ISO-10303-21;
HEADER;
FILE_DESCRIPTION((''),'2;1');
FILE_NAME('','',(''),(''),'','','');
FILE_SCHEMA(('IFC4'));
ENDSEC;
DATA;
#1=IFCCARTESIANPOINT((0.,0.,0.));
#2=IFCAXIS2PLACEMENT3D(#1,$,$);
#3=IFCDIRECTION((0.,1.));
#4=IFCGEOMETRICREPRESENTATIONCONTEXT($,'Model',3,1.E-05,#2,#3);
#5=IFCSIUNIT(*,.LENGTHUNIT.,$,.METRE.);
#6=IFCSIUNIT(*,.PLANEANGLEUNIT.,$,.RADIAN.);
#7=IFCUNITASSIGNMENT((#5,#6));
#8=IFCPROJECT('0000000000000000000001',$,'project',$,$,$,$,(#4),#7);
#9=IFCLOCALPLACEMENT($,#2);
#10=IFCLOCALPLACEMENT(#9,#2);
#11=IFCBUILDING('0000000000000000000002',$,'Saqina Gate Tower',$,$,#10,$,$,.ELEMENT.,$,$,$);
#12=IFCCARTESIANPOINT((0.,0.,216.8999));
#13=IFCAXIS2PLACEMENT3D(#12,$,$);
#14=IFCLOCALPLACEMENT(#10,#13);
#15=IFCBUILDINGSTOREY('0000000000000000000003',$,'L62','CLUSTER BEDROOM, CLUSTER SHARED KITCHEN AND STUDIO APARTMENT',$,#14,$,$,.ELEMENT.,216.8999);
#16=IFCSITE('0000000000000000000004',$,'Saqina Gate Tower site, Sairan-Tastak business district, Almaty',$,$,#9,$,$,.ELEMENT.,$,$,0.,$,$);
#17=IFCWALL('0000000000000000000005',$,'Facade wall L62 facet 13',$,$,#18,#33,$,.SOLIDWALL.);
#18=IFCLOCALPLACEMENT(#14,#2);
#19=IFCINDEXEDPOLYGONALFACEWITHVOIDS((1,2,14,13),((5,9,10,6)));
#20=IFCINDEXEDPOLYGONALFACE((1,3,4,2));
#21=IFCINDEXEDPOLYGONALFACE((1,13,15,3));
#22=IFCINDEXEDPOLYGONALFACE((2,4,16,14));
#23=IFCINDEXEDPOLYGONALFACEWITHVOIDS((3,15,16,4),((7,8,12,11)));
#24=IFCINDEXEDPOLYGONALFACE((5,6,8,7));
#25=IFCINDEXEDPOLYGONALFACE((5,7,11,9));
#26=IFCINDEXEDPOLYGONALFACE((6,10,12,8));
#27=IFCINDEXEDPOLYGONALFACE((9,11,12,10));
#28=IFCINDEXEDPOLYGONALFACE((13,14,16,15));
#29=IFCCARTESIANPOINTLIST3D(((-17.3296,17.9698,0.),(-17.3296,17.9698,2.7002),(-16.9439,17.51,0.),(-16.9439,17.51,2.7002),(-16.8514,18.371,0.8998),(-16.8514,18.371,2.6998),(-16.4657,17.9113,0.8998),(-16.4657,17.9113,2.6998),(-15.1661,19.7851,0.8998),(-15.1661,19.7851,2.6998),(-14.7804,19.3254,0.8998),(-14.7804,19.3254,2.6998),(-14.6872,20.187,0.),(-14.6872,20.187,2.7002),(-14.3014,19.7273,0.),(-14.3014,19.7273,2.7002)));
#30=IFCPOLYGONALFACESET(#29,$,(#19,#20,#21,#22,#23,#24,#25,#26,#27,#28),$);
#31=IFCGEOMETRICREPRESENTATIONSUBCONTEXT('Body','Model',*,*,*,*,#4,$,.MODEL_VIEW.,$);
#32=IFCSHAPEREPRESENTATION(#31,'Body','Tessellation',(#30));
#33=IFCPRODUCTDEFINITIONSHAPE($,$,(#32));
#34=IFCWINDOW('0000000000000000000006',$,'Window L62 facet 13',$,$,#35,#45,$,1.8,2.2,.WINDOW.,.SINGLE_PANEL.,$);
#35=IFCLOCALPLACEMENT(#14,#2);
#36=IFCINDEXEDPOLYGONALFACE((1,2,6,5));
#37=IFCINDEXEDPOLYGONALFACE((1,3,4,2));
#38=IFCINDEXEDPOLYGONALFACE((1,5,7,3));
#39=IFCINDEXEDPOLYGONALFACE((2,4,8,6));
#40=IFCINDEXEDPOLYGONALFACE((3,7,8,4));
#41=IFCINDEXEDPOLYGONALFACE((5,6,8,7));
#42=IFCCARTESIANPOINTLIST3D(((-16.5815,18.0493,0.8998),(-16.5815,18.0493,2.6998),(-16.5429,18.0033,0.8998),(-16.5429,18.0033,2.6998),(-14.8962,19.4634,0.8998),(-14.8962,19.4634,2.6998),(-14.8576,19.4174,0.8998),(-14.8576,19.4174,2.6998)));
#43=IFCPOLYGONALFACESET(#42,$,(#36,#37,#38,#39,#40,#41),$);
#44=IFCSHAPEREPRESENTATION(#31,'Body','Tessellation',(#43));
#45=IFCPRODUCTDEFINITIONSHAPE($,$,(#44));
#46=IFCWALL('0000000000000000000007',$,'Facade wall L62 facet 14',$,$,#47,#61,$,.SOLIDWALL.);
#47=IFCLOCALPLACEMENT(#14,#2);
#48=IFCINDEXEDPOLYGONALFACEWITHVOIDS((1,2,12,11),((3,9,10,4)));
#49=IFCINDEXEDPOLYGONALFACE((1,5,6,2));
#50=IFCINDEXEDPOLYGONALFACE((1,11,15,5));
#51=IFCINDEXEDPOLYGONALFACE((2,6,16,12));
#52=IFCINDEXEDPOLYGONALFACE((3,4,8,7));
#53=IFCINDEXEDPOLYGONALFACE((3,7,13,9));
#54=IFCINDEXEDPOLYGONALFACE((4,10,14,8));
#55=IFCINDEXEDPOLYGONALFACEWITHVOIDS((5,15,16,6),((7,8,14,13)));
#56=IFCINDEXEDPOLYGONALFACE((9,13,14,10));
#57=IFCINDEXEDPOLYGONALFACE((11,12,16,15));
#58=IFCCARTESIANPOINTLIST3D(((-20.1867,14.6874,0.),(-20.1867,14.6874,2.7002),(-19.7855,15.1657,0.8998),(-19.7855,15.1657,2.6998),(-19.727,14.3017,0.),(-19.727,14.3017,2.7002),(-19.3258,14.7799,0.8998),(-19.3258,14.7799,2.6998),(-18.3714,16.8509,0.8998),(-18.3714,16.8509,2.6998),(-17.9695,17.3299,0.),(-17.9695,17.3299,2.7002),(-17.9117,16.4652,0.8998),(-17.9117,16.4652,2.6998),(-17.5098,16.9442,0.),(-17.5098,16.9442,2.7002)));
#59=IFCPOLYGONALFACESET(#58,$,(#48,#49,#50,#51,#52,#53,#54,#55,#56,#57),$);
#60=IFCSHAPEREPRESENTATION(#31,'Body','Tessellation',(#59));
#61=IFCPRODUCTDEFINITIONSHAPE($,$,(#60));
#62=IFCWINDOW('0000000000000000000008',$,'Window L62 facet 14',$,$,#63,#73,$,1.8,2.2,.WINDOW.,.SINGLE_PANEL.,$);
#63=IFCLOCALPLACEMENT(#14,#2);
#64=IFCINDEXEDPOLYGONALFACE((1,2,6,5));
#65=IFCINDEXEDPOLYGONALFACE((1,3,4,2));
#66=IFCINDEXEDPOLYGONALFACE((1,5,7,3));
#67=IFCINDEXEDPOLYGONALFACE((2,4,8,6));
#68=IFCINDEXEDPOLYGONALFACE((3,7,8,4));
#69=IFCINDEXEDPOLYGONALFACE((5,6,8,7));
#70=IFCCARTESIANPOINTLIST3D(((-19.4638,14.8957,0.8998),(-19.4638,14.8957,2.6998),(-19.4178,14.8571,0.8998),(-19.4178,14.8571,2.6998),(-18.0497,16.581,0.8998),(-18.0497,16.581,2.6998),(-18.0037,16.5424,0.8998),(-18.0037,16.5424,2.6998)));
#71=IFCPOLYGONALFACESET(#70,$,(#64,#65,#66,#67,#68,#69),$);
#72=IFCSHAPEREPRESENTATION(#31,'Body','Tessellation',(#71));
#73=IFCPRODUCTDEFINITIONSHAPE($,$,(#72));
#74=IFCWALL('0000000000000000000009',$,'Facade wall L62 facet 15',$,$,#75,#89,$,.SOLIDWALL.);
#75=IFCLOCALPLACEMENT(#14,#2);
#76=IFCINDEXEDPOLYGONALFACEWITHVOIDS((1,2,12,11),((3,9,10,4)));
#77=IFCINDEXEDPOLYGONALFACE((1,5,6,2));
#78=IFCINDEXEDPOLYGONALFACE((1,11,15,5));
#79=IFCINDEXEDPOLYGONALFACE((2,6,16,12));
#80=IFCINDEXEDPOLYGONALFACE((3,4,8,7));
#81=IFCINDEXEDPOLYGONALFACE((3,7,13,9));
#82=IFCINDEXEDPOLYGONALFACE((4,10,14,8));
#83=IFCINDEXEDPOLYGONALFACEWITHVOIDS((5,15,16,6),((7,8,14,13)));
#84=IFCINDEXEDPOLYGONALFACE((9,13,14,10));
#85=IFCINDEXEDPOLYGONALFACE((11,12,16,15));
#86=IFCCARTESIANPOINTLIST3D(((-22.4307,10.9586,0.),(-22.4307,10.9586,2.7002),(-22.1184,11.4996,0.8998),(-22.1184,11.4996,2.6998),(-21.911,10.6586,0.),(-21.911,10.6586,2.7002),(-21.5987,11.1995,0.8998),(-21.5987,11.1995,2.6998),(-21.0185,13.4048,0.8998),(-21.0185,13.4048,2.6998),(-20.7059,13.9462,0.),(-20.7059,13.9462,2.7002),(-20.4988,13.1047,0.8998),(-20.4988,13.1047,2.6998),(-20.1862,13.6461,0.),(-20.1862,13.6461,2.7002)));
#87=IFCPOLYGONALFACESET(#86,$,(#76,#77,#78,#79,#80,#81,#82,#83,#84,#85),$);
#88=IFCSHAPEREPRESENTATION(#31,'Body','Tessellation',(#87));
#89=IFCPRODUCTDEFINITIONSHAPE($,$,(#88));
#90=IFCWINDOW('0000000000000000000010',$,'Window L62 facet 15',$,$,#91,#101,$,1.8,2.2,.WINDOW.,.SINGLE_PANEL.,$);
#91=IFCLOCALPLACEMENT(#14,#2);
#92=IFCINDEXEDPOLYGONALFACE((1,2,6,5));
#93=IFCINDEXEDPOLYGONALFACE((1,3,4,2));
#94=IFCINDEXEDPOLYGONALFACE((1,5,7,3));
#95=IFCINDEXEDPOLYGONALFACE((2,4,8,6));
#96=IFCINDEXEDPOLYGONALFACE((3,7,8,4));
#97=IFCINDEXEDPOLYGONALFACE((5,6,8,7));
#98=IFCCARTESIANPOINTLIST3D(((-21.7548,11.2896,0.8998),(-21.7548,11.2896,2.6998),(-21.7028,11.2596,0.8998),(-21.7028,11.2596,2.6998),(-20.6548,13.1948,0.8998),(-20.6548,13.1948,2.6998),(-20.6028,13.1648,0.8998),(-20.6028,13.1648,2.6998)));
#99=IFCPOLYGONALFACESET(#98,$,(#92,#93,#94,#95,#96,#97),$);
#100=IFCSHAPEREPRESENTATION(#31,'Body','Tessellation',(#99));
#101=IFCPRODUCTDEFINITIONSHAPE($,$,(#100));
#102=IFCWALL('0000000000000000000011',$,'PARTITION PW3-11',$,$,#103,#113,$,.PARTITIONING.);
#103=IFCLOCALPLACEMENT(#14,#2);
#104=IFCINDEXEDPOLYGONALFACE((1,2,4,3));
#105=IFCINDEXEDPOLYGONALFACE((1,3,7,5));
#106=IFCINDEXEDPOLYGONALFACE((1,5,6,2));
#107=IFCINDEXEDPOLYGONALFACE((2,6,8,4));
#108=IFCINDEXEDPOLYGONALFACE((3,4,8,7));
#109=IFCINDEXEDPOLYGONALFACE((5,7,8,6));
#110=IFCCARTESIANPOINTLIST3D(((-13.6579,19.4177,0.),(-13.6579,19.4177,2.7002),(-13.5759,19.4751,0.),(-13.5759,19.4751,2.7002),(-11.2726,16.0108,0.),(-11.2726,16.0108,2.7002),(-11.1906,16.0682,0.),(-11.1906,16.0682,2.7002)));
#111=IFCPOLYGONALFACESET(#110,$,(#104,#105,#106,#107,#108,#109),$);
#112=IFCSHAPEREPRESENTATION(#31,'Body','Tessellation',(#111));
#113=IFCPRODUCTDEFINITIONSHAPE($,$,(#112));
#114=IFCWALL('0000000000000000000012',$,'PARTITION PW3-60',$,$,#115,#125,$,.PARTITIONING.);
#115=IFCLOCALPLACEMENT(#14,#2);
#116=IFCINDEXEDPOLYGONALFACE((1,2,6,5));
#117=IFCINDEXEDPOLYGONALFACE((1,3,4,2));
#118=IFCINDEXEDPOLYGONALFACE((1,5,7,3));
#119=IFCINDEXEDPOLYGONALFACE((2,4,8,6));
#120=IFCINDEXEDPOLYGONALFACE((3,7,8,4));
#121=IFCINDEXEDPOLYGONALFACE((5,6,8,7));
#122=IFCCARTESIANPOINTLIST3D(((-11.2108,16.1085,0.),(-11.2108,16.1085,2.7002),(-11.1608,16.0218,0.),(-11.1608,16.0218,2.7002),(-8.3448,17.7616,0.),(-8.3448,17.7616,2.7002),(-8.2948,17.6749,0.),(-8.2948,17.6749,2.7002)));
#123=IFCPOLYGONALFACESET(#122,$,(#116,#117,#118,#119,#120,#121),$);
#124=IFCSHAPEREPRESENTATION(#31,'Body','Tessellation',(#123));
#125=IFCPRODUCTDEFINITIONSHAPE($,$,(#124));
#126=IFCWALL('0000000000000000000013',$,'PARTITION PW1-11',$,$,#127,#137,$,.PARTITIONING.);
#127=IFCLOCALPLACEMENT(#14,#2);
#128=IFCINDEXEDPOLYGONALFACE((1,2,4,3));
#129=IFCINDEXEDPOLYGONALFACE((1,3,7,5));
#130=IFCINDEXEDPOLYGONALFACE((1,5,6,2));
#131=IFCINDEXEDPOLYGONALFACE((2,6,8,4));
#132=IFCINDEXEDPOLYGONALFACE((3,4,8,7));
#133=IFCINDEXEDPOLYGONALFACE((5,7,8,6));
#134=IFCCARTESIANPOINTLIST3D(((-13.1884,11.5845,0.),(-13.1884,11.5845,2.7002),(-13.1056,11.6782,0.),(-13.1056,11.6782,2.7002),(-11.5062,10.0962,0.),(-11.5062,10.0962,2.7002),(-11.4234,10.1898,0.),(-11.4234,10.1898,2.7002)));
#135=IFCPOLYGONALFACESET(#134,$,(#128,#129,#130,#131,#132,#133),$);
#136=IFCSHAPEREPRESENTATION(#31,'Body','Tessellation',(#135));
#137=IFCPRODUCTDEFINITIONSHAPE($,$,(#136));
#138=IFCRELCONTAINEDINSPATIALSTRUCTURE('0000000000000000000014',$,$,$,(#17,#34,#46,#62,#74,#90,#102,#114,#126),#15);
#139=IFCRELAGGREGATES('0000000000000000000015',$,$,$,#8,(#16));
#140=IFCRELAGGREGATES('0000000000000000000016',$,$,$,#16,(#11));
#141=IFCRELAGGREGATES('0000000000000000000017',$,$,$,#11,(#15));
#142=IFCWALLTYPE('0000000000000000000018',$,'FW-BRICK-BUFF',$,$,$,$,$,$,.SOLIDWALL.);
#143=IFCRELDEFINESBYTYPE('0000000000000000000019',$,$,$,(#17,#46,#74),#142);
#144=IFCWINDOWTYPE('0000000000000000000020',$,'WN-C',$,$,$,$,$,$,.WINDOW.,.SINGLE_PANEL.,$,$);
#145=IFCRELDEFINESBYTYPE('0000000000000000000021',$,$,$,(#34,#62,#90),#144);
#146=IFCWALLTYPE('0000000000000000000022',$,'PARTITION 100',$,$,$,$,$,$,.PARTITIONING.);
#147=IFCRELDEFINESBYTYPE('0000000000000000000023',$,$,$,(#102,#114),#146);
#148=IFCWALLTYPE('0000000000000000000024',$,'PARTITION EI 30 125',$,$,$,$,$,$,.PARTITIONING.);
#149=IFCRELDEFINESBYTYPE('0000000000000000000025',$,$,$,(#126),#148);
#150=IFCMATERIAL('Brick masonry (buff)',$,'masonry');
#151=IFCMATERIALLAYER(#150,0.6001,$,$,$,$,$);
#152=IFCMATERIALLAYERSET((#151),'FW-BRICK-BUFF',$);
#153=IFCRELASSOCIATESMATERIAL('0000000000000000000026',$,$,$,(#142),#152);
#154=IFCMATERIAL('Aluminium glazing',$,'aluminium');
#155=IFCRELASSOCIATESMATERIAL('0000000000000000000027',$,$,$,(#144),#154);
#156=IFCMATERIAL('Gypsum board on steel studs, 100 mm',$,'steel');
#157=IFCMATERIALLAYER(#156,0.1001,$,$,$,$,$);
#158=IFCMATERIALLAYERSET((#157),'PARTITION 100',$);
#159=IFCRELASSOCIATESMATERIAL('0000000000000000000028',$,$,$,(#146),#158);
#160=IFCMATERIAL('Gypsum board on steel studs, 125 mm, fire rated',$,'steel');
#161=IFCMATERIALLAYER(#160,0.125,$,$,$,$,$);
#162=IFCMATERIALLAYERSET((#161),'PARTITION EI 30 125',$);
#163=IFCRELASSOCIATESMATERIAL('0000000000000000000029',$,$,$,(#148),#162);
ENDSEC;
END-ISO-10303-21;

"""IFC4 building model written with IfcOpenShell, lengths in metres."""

from ifc_helpers import new_model, si_unit, direction, frame, frame_2d, origin, place, context, subcontext, project, spatial, rectangle, extrude, material, layer, layer_set, type_object, element, fill, save


model = new_model("IFC4")

# Units and contexts
model_context = context("Model", 3, precision=1e-05, world=origin(), true_north=direction((0.0, 1.0)))
body_context = subcontext(model_context, "Body", "Model", "MODEL_VIEW")
ifc_project = project(units=[si_unit("LENGTHUNIT", "METRE"), si_unit("PLANEANGLEUNIT", "RADIAN")], contexts=[model_context])

# Site, building, storey
site_placement = place(None, origin())
site = spatial("IfcSite", under=ifc_project, at=site_placement, Name="Saqina Gate Tower site, Sairan-Tastak business district, Almaty", CompositionType="ELEMENT", RefElevation=0.0)
building_placement = place(site_placement, origin())
building = spatial("IfcBuilding", under=site, at=building_placement, Name="Saqina Gate Tower", CompositionType="ELEMENT")
storey_placement = place(building_placement, frame((0.0, 0.0, 216.8999)))
storey = spatial("IfcBuildingStorey", under=building, at=storey_placement, Name="L62", Description="CLUSTER BEDROOM, CLUSTER SHARED KITCHEN AND STUDIO APARTMENT", CompositionType="ELEMENT", Elevation=216.8999)

# Walls, openings, windows
ifc_material_1 = material(Name="Brick masonry (buff)", Category="masonry")
ifc_layer_1 = layer(ifc_material_1, 0.6001)
ifc_layer_set_1 = layer_set([ifc_layer_1], Name="FW-BRICK-BUFF")
wall_type_1 = type_object("IfcWallType", Name="FW-BRICK-BUFF", PredefinedType="SOLIDWALL", material=ifc_layer_set_1)
wall_1_placement = place(storey_placement, frame((-14.4944, 19.957, 0.0), z_axis=(0.0, 0.0, 1.0), x_axis=(-0.766059, -0.64277, 0.0)))
wall_1 = element("IfcWall", 1, at=wall_1_placement, inside=storey, type_object=wall_type_1, Name="Facade wall L62 facet 13", PredefinedType="SOLIDWALL", context=body_context, shape_type="SweptSolid", body=[
    extrude(rectangle(XDim=3.4495, YDim=0.6001, at=frame_2d((1.7246, 0.0))), origin(), (0.0, 0.0, 1.0), 2.7002),
])
opening_1_placement = place(wall_1_placement, frame((0.625, 0.0, 0.8999)))
opening_1 = element("IfcOpeningElement", 2, at=opening_1_placement, cuts=wall_1, PredefinedType="OPENING", context=body_context, shape_type="SweptSolid", body=[
    extrude(rectangle(XDim=2.2, YDim=1.8, at=frame_2d((1.1001, 0.8999))), frame((0.0, 0.312, 0.0), z_axis=(0.0, -1.0, 0.0), x_axis=(1.0, 0.0, 0.0)), (0.0, 0.0, 1.0), 0.624),
])
ifc_material_2 = material(Name="Aluminium glazing", Category="aluminium")
window_type = type_object("IfcWindowType", Name="WN-C", PartitioningType="SINGLE_PANEL", PredefinedType="WINDOW", material=ifc_material_2)
window_1_placement = place(opening_1_placement, origin())
window_1 = element("IfcWindow", 3, at=window_1_placement, inside=storey, type_object=window_type, Name="Window L62 facet 13", OverallHeight=1.8, OverallWidth=2.2, PartitioningType="SINGLE_PANEL", PredefinedType="WINDOW", context=body_context, shape_type="SweptSolid", body=[
    extrude(rectangle(XDim=2.2, YDim=1.8, at=frame_2d((1.1001, 0.8999))), frame((0.0, 0.1799, 0.0), z_axis=(0.0, -1.0, 0.0), x_axis=(1.0, 0.0, 0.0)), (0.0, 0.0, 1.0), 0.0601),
])
fill(opening_1, window_1)
wall_2_placement = place(storey_placement, frame((-17.7397, 17.137, 0.0), z_axis=(0.0, 0.0, 1.0), x_axis=(-0.64277, -0.766059, 0.0)))
wall_2 = element("IfcWall", 4, at=wall_2_placement, inside=storey, type_object=wall_type_1, Name="Facade wall L62 facet 14", PredefinedType="SOLIDWALL", context=body_context, shape_type="SweptSolid", body=[
    extrude(rectangle(XDim=3.4495, YDim=0.6001, at=frame_2d((1.7246, 0.0))), origin(), (0.0, 0.0, 1.0), 2.7002),
])
opening_2_placement = place(wall_2_placement, frame((0.625, 0.0, 0.8999)))
opening_2 = element("IfcOpeningElement", 5, at=opening_2_placement, cuts=wall_2, PredefinedType="OPENING", context=body_context, shape_type="SweptSolid", body=[
    extrude(rectangle(XDim=2.2, YDim=1.8, at=frame_2d((1.1001, 0.8999))), frame((0.0, 0.312, 0.0), z_axis=(0.0, -1.0, 0.0), x_axis=(1.0, 0.0, 0.0)), (0.0, 0.0, 1.0), 0.624),
])
window_2_placement = place(opening_2_placement, origin())
window_2 = element("IfcWindow", 6, at=window_2_placement, inside=storey, type_object=window_type, Name="Window L62 facet 14", OverallHeight=1.8, OverallWidth=2.2, PartitioningType="SINGLE_PANEL", PredefinedType="WINDOW", context=body_context, shape_type="SweptSolid", body=[
    extrude(rectangle(XDim=2.2, YDim=1.8, at=frame_2d((1.1001, 0.8999))), frame((0.0, 0.1799, 0.0), z_axis=(0.0, -1.0, 0.0), x_axis=(1.0, 0.0, 0.0)), (0.0, 0.0, 1.0), 0.0601),
])
fill(opening_2, window_2)
wall_3_placement = place(storey_placement, frame((-20.446, 13.7961, 0.0), z_axis=(0.0, 0.0, 1.0), x_axis=(-0.499998, -0.866026, 0.0)))
wall_3 = element("IfcWall", 7, at=wall_3_placement, inside=storey, type_object=wall_type_1, Name="Facade wall L62 facet 15", PredefinedType="SOLIDWALL", context=body_context, shape_type="SweptSolid", body=[
    extrude(rectangle(XDim=3.4497, YDim=0.6001, at=frame_2d((1.7249, 0.0))), origin(), (0.0, 0.0, 1.0), 2.7002),
])
opening_3_placement = place(wall_3_placement, frame((0.625, 0.0, 0.8999)))
opening_3 = element("IfcOpeningElement", 8, at=opening_3_placement, cuts=wall_3, PredefinedType="OPENING", context=body_context, shape_type="SweptSolid", body=[
    extrude(rectangle(XDim=2.2, YDim=1.8, at=frame_2d((1.1001, 0.8999))), frame((0.0, 0.312, 0.0), z_axis=(0.0, -1.0, 0.0), x_axis=(1.0, 0.0, 0.0)), (0.0, 0.0, 1.0), 0.624),
])
window_3_placement = place(opening_3_placement, origin())
window_3 = element("IfcWindow", 9, at=window_3_placement, inside=storey, type_object=window_type, Name="Window L62 facet 15", OverallHeight=1.8, OverallWidth=2.2, PartitioningType="SINGLE_PANEL", PredefinedType="WINDOW", context=body_context, shape_type="SweptSolid", body=[
    extrude(rectangle(XDim=2.2, YDim=1.8, at=frame_2d((1.1001, 0.8999))), frame((0.0, 0.1799, 0.0), z_axis=(0.0, -1.0, 0.0), x_axis=(1.0, 0.0, 0.0)), (0.0, 0.0, 1.0), 0.0601),
])
fill(opening_3, window_3)

# Walls
ifc_material_3 = material(Name="Gypsum board on steel studs, 100 mm", Category="steel")
ifc_layer_2 = layer(ifc_material_3, 0.1001)
ifc_layer_set_2 = layer_set([ifc_layer_2], Name="PARTITION 100")
wall_type_2 = type_object("IfcWallType", Name="PARTITION 100", PredefinedType="PARTITIONING", material=ifc_layer_set_2)
wall_4_placement = place(storey_placement, frame((-13.6169, 19.4465, 0.0), z_axis=(0.0, 0.0, 1.0), x_axis=(0.573521, -0.819191, 0.0)))
element("IfcWall", 10, at=wall_4_placement, inside=storey, type_object=wall_type_2, Name="PARTITION PW3-11", PredefinedType="PARTITIONING", context=body_context, shape_type="SweptSolid", body=[
    extrude(rectangle(XDim=4.1589, YDim=0.1001, at=frame_2d((2.0796, 0.0))), origin(), (0.0, 0.0, 1.0), 2.7002),
])
wall_5_placement = place(storey_placement, frame((-11.1858, 16.0652, 0.0), z_axis=(0.0, 0.0, 1.0), x_axis=(0.866233, 0.499639, 0.0)))
element("IfcWall", 11, at=wall_5_placement, inside=storey, type_object=wall_type_2, Name="PARTITION PW3-60", PredefinedType="PARTITIONING", context=body_context, shape_type="SweptSolid", body=[
    extrude(rectangle(XDim=3.3086, YDim=0.1001, at=frame_2d((1.6543, 0.0))), origin(), (0.0, 0.0, 1.0), 2.7002),
])
ifc_material_4 = material(Name="Gypsum board on steel studs, 125 mm, fire rated", Category="steel")
ifc_layer_3 = layer(ifc_material_4, 0.125)
ifc_layer_set_3 = layer_set([ifc_layer_3], Name="PARTITION EI 30 125")
wall_type_3 = type_object("IfcWallType", Name="PARTITION EI 30 125", PredefinedType="PARTITIONING", material=ifc_layer_set_3)
wall_6_placement = place(storey_placement, frame((-13.147, 11.6313, 0.0), z_axis=(0.0, 0.0, 1.0), x_axis=(0.748943, -0.662635, 0.0)))
element("IfcWall", 12, at=wall_6_placement, inside=storey, type_object=wall_type_3, Name="PARTITION PW1-11", PredefinedType="PARTITIONING", context=body_context, shape_type="SweptSolid", body=[
    extrude(rectangle(XDim=2.2461, YDim=0.125, at=frame_2d((1.123, 0.0))), origin(), (0.0, 0.0, 1.0), 2.7002),
])

save(model, "model.ifc")
